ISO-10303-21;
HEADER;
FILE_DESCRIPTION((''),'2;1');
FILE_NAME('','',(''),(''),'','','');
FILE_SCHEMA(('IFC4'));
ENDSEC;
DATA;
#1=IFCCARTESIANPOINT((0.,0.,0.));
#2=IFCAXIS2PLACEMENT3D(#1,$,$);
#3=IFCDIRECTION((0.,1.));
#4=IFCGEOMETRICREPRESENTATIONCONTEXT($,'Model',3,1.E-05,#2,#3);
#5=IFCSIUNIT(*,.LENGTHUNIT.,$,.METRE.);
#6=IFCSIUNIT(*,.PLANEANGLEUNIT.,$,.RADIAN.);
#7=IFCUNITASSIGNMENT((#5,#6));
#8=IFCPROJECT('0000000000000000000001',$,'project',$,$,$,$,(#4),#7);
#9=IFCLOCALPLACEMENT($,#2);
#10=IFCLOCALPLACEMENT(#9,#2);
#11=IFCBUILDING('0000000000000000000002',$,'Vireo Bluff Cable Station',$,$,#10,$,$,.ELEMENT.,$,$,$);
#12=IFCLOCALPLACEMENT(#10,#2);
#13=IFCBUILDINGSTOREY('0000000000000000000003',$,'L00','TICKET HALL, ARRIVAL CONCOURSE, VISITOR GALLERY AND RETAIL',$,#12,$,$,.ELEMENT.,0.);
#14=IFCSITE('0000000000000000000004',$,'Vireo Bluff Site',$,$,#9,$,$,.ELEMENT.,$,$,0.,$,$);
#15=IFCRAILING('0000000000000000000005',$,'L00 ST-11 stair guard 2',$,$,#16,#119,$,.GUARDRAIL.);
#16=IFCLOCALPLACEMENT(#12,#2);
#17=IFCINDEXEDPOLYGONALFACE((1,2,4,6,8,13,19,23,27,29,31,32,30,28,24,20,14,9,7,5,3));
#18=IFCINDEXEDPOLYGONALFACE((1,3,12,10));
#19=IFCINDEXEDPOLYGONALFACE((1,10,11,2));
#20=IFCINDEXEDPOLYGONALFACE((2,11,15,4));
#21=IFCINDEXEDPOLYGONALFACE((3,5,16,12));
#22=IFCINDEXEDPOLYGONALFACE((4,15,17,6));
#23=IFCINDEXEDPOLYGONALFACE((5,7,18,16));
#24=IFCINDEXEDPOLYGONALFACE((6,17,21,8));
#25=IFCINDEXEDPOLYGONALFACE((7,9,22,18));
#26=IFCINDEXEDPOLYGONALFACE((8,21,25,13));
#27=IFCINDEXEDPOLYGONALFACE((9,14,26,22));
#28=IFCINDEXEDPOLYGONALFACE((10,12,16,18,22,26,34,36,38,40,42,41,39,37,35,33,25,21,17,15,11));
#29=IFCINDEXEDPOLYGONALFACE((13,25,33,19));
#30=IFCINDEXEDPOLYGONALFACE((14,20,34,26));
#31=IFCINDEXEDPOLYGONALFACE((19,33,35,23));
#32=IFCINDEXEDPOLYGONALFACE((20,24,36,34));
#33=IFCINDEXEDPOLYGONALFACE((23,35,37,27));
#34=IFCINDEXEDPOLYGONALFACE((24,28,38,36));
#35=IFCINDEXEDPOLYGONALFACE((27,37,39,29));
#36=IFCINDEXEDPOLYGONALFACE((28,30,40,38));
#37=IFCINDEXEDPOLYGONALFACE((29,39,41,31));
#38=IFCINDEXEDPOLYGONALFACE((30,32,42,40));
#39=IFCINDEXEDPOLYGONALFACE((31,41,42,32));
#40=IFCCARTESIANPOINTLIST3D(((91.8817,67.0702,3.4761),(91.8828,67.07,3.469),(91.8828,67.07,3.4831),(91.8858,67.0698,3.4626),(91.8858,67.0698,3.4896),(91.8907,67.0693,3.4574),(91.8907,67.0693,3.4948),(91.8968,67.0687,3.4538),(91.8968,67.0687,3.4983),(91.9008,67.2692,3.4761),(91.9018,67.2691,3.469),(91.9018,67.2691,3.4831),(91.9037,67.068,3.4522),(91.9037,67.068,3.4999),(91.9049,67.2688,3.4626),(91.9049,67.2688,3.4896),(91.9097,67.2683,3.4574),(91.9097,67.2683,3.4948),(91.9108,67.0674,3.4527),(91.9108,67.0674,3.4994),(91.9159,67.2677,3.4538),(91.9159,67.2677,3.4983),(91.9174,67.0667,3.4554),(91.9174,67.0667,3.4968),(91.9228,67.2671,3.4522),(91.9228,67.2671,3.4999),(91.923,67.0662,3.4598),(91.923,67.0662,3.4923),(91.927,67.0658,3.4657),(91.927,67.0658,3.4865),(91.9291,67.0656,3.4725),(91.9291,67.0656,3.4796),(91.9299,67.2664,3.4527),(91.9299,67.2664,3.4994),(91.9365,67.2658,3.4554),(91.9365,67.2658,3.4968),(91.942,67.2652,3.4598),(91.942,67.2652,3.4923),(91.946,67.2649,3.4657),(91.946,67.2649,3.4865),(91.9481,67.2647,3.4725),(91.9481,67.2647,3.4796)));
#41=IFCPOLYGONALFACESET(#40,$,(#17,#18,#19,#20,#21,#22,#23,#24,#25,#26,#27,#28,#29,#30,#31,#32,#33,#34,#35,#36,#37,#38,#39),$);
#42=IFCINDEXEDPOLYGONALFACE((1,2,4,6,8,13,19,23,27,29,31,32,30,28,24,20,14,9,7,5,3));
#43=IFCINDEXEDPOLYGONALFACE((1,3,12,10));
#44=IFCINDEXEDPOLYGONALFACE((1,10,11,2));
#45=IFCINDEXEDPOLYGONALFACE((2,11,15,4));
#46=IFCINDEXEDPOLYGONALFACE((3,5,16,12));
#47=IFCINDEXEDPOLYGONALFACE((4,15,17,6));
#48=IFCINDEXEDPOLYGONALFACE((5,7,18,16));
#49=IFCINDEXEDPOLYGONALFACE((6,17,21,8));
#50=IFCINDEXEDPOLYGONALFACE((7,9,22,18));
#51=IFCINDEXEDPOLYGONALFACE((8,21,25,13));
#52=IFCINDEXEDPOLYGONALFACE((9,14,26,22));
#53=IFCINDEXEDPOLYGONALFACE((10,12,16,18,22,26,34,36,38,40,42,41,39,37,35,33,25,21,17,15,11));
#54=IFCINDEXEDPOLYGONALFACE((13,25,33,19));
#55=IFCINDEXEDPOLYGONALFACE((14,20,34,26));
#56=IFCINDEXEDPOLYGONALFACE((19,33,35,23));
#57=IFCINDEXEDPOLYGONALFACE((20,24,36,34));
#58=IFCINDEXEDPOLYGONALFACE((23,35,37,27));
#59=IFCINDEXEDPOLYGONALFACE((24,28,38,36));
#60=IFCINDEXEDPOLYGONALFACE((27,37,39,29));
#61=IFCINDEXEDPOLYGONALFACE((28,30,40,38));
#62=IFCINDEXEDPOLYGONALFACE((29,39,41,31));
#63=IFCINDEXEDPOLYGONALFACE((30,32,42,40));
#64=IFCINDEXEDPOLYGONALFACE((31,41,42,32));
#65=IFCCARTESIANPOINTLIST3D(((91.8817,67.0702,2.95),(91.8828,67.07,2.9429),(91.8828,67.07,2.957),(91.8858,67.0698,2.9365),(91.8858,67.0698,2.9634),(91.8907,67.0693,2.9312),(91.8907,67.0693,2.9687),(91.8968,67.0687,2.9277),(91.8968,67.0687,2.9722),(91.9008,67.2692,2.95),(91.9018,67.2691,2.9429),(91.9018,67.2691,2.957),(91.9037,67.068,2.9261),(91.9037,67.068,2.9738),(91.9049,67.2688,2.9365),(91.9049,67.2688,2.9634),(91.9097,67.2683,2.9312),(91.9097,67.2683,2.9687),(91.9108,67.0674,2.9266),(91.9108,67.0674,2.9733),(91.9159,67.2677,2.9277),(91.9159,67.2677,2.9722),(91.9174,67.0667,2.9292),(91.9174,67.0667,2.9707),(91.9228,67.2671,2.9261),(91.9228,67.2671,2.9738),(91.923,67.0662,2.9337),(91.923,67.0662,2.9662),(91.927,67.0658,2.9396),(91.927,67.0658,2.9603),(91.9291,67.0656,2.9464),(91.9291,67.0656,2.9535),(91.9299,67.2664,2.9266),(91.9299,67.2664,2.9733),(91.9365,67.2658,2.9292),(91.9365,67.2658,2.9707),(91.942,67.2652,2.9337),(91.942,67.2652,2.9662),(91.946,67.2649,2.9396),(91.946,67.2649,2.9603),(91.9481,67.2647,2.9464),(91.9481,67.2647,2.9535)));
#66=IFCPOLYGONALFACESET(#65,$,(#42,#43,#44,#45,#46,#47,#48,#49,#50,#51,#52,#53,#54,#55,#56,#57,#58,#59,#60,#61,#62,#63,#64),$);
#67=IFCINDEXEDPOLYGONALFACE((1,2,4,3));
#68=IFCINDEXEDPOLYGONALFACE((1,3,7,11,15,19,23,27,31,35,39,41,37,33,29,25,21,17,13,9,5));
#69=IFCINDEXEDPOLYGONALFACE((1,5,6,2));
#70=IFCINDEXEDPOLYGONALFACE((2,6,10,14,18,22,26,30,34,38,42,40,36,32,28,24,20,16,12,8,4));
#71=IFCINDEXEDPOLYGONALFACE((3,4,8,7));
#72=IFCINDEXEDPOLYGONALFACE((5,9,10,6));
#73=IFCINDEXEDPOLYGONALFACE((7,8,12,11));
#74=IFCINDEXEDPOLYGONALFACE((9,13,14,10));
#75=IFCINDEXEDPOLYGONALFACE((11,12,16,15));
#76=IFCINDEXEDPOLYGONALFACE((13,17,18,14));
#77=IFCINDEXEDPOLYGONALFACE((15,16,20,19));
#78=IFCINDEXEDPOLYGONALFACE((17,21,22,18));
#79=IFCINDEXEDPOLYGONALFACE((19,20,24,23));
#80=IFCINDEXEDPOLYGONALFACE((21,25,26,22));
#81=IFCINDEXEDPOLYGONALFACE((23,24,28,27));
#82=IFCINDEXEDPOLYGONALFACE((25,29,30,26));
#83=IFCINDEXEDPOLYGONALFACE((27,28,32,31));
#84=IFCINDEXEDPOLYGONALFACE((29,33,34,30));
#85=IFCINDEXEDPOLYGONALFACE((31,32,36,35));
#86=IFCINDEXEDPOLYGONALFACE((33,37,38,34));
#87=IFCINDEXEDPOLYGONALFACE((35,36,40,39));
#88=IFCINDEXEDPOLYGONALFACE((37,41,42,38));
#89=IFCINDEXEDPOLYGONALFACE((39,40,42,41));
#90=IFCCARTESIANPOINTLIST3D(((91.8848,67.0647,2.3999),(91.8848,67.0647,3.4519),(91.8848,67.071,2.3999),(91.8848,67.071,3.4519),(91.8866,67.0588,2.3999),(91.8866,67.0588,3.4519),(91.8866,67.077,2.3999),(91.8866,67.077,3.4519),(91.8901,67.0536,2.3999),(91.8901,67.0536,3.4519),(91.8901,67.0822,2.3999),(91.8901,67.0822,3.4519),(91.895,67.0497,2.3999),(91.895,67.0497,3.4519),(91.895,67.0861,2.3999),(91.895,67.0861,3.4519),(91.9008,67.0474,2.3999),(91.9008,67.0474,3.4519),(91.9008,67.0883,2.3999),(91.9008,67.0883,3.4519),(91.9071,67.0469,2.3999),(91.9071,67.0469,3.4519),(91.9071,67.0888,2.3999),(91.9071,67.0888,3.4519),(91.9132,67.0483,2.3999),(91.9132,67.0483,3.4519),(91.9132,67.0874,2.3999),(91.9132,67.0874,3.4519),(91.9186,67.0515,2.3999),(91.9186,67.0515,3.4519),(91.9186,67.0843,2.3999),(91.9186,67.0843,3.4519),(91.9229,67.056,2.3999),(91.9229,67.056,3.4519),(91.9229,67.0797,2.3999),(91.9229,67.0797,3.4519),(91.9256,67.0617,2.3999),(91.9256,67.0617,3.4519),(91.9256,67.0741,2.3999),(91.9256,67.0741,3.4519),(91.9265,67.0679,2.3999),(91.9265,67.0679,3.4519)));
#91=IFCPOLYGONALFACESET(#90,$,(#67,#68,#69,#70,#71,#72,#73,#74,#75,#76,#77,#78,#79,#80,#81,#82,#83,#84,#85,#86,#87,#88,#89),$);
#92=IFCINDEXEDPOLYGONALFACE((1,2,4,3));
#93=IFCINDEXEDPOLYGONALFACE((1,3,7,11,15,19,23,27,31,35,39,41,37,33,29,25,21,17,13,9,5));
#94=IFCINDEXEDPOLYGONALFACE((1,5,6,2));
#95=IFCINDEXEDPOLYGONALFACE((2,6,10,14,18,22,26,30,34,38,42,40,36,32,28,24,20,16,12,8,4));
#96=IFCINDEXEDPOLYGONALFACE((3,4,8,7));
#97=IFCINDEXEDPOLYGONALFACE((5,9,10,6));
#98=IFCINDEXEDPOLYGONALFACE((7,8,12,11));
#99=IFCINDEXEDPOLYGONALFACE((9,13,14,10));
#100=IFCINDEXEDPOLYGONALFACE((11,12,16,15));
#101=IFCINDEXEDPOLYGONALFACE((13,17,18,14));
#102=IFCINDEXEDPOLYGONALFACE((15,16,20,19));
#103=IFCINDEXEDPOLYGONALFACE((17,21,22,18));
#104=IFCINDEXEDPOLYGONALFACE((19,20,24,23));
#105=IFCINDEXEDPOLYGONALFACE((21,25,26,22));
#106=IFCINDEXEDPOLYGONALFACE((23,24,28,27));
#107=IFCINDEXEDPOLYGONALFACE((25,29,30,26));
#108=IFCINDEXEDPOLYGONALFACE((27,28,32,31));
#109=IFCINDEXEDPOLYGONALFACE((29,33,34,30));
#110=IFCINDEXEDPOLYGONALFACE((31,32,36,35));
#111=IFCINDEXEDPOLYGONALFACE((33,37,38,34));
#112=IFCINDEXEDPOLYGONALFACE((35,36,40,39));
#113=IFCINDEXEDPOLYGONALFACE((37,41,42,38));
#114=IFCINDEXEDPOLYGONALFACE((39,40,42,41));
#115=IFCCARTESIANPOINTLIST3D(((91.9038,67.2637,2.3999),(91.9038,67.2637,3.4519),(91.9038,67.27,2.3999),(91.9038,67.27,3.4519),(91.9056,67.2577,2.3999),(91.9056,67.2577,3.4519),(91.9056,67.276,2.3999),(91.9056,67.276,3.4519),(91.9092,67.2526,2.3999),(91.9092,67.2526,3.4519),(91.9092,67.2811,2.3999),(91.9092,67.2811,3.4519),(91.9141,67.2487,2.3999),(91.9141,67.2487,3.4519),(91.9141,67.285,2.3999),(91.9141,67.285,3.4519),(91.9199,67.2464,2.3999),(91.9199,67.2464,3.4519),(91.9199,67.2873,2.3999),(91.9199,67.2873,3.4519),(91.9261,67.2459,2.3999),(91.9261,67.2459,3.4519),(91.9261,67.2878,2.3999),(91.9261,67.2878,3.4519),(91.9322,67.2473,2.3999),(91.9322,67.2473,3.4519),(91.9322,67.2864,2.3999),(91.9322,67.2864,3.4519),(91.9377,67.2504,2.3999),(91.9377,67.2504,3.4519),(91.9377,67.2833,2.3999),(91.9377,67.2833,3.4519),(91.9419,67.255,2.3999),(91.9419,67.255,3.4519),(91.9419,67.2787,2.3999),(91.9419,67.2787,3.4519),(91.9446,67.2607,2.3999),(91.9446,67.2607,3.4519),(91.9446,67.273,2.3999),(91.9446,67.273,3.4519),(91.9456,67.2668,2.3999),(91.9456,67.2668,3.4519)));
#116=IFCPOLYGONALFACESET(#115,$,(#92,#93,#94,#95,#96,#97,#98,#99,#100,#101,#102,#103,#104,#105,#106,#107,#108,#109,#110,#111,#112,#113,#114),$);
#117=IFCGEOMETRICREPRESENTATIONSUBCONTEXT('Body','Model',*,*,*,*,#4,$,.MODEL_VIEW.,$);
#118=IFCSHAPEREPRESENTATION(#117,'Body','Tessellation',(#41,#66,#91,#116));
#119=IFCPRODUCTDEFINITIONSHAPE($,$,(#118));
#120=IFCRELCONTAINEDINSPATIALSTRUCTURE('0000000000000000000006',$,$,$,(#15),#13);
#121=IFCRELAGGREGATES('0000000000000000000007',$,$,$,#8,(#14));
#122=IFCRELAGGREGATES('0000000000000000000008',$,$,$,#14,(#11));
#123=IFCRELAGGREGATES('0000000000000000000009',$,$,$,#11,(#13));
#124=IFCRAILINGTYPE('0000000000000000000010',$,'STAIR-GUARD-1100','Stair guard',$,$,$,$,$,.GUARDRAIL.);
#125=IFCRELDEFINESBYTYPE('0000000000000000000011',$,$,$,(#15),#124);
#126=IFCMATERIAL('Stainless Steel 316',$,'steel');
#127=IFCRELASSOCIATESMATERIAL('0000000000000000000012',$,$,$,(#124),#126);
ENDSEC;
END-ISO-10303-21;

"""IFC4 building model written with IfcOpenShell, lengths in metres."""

from ifc_helpers import new_model, si_unit, direction, frame, origin, origin_2d, place, context, subcontext, project, spatial, circle, extrude, material, type_object, element, save


model = new_model("IFC4")

# Units and contexts
model_context = context("Model", 3, precision=1e-05, world=origin(), true_north=direction((0.0, 1.0)))
body_context = subcontext(model_context, "Body", "Model", "MODEL_VIEW")
ifc_project = project(units=[si_unit("LENGTHUNIT", "METRE"), si_unit("PLANEANGLEUNIT", "RADIAN")], contexts=[model_context])

# Site, building, storey
site_placement = place(None, origin())
site = spatial("IfcSite", under=ifc_project, at=site_placement, Name="Vireo Bluff Site", CompositionType="ELEMENT", RefElevation=0.0)
building_placement = place(site_placement, origin())
building = spatial("IfcBuilding", under=site, at=building_placement, Name="Vireo Bluff Cable Station", CompositionType="ELEMENT")
storey_placement = place(building_placement, origin())
storey = spatial("IfcBuildingStorey", under=building, at=storey_placement, Name="L00", Description="TICKET HALL, ARRIVAL CONCOURSE, VISITOR GALLERY AND RETAIL", CompositionType="ELEMENT", Elevation=0.0)

# Railing
ifc_material_1 = material(Name="Stainless Steel 316", Category="steel")
railing_type_1 = type_object("IfcRailingType", Name="STAIR-GUARD-1100", Description="Stair guard", PredefinedType="GUARDRAIL", material=ifc_material_1)
railing_1_placement = place(storey_placement, frame((91.9055, 67.0679, 2.3999)))
element("IfcRailing", 1, at=railing_1_placement, inside=storey, type_object=railing_type_1, Name="L00 ST-11 stair guard 2", PredefinedType="GUARDRAIL", context=body_context, shape_type="SweptSolid", body=[
    extrude(circle(Radius=0.0239, at=origin_2d()), frame((0.0, 0.0, 1.0762), z_axis=(0.09527, 0.995451, 0.0), x_axis=(-0.995451, 0.09527, 0.0)), (0.0, 0.0, 1.0), 0.2),
    extrude(circle(Radius=0.0239, at=origin_2d()), frame((0.0, 0.0, 0.55), z_axis=(0.09527, 0.995451, 0.0), x_axis=(-0.995451, 0.09527, 0.0)), (0.0, 0.0, 1.0), 0.2),
    extrude(circle(Radius=0.021, at=origin_2d()), origin(), (0.0, 0.0, 1.0), 1.052),
    extrude(circle(Radius=0.021, at=origin_2d()), frame((0.019, 0.199, 0.0)), (0.0, 0.0, 1.0), 1.052),
])

save(model, "model.ifc")
